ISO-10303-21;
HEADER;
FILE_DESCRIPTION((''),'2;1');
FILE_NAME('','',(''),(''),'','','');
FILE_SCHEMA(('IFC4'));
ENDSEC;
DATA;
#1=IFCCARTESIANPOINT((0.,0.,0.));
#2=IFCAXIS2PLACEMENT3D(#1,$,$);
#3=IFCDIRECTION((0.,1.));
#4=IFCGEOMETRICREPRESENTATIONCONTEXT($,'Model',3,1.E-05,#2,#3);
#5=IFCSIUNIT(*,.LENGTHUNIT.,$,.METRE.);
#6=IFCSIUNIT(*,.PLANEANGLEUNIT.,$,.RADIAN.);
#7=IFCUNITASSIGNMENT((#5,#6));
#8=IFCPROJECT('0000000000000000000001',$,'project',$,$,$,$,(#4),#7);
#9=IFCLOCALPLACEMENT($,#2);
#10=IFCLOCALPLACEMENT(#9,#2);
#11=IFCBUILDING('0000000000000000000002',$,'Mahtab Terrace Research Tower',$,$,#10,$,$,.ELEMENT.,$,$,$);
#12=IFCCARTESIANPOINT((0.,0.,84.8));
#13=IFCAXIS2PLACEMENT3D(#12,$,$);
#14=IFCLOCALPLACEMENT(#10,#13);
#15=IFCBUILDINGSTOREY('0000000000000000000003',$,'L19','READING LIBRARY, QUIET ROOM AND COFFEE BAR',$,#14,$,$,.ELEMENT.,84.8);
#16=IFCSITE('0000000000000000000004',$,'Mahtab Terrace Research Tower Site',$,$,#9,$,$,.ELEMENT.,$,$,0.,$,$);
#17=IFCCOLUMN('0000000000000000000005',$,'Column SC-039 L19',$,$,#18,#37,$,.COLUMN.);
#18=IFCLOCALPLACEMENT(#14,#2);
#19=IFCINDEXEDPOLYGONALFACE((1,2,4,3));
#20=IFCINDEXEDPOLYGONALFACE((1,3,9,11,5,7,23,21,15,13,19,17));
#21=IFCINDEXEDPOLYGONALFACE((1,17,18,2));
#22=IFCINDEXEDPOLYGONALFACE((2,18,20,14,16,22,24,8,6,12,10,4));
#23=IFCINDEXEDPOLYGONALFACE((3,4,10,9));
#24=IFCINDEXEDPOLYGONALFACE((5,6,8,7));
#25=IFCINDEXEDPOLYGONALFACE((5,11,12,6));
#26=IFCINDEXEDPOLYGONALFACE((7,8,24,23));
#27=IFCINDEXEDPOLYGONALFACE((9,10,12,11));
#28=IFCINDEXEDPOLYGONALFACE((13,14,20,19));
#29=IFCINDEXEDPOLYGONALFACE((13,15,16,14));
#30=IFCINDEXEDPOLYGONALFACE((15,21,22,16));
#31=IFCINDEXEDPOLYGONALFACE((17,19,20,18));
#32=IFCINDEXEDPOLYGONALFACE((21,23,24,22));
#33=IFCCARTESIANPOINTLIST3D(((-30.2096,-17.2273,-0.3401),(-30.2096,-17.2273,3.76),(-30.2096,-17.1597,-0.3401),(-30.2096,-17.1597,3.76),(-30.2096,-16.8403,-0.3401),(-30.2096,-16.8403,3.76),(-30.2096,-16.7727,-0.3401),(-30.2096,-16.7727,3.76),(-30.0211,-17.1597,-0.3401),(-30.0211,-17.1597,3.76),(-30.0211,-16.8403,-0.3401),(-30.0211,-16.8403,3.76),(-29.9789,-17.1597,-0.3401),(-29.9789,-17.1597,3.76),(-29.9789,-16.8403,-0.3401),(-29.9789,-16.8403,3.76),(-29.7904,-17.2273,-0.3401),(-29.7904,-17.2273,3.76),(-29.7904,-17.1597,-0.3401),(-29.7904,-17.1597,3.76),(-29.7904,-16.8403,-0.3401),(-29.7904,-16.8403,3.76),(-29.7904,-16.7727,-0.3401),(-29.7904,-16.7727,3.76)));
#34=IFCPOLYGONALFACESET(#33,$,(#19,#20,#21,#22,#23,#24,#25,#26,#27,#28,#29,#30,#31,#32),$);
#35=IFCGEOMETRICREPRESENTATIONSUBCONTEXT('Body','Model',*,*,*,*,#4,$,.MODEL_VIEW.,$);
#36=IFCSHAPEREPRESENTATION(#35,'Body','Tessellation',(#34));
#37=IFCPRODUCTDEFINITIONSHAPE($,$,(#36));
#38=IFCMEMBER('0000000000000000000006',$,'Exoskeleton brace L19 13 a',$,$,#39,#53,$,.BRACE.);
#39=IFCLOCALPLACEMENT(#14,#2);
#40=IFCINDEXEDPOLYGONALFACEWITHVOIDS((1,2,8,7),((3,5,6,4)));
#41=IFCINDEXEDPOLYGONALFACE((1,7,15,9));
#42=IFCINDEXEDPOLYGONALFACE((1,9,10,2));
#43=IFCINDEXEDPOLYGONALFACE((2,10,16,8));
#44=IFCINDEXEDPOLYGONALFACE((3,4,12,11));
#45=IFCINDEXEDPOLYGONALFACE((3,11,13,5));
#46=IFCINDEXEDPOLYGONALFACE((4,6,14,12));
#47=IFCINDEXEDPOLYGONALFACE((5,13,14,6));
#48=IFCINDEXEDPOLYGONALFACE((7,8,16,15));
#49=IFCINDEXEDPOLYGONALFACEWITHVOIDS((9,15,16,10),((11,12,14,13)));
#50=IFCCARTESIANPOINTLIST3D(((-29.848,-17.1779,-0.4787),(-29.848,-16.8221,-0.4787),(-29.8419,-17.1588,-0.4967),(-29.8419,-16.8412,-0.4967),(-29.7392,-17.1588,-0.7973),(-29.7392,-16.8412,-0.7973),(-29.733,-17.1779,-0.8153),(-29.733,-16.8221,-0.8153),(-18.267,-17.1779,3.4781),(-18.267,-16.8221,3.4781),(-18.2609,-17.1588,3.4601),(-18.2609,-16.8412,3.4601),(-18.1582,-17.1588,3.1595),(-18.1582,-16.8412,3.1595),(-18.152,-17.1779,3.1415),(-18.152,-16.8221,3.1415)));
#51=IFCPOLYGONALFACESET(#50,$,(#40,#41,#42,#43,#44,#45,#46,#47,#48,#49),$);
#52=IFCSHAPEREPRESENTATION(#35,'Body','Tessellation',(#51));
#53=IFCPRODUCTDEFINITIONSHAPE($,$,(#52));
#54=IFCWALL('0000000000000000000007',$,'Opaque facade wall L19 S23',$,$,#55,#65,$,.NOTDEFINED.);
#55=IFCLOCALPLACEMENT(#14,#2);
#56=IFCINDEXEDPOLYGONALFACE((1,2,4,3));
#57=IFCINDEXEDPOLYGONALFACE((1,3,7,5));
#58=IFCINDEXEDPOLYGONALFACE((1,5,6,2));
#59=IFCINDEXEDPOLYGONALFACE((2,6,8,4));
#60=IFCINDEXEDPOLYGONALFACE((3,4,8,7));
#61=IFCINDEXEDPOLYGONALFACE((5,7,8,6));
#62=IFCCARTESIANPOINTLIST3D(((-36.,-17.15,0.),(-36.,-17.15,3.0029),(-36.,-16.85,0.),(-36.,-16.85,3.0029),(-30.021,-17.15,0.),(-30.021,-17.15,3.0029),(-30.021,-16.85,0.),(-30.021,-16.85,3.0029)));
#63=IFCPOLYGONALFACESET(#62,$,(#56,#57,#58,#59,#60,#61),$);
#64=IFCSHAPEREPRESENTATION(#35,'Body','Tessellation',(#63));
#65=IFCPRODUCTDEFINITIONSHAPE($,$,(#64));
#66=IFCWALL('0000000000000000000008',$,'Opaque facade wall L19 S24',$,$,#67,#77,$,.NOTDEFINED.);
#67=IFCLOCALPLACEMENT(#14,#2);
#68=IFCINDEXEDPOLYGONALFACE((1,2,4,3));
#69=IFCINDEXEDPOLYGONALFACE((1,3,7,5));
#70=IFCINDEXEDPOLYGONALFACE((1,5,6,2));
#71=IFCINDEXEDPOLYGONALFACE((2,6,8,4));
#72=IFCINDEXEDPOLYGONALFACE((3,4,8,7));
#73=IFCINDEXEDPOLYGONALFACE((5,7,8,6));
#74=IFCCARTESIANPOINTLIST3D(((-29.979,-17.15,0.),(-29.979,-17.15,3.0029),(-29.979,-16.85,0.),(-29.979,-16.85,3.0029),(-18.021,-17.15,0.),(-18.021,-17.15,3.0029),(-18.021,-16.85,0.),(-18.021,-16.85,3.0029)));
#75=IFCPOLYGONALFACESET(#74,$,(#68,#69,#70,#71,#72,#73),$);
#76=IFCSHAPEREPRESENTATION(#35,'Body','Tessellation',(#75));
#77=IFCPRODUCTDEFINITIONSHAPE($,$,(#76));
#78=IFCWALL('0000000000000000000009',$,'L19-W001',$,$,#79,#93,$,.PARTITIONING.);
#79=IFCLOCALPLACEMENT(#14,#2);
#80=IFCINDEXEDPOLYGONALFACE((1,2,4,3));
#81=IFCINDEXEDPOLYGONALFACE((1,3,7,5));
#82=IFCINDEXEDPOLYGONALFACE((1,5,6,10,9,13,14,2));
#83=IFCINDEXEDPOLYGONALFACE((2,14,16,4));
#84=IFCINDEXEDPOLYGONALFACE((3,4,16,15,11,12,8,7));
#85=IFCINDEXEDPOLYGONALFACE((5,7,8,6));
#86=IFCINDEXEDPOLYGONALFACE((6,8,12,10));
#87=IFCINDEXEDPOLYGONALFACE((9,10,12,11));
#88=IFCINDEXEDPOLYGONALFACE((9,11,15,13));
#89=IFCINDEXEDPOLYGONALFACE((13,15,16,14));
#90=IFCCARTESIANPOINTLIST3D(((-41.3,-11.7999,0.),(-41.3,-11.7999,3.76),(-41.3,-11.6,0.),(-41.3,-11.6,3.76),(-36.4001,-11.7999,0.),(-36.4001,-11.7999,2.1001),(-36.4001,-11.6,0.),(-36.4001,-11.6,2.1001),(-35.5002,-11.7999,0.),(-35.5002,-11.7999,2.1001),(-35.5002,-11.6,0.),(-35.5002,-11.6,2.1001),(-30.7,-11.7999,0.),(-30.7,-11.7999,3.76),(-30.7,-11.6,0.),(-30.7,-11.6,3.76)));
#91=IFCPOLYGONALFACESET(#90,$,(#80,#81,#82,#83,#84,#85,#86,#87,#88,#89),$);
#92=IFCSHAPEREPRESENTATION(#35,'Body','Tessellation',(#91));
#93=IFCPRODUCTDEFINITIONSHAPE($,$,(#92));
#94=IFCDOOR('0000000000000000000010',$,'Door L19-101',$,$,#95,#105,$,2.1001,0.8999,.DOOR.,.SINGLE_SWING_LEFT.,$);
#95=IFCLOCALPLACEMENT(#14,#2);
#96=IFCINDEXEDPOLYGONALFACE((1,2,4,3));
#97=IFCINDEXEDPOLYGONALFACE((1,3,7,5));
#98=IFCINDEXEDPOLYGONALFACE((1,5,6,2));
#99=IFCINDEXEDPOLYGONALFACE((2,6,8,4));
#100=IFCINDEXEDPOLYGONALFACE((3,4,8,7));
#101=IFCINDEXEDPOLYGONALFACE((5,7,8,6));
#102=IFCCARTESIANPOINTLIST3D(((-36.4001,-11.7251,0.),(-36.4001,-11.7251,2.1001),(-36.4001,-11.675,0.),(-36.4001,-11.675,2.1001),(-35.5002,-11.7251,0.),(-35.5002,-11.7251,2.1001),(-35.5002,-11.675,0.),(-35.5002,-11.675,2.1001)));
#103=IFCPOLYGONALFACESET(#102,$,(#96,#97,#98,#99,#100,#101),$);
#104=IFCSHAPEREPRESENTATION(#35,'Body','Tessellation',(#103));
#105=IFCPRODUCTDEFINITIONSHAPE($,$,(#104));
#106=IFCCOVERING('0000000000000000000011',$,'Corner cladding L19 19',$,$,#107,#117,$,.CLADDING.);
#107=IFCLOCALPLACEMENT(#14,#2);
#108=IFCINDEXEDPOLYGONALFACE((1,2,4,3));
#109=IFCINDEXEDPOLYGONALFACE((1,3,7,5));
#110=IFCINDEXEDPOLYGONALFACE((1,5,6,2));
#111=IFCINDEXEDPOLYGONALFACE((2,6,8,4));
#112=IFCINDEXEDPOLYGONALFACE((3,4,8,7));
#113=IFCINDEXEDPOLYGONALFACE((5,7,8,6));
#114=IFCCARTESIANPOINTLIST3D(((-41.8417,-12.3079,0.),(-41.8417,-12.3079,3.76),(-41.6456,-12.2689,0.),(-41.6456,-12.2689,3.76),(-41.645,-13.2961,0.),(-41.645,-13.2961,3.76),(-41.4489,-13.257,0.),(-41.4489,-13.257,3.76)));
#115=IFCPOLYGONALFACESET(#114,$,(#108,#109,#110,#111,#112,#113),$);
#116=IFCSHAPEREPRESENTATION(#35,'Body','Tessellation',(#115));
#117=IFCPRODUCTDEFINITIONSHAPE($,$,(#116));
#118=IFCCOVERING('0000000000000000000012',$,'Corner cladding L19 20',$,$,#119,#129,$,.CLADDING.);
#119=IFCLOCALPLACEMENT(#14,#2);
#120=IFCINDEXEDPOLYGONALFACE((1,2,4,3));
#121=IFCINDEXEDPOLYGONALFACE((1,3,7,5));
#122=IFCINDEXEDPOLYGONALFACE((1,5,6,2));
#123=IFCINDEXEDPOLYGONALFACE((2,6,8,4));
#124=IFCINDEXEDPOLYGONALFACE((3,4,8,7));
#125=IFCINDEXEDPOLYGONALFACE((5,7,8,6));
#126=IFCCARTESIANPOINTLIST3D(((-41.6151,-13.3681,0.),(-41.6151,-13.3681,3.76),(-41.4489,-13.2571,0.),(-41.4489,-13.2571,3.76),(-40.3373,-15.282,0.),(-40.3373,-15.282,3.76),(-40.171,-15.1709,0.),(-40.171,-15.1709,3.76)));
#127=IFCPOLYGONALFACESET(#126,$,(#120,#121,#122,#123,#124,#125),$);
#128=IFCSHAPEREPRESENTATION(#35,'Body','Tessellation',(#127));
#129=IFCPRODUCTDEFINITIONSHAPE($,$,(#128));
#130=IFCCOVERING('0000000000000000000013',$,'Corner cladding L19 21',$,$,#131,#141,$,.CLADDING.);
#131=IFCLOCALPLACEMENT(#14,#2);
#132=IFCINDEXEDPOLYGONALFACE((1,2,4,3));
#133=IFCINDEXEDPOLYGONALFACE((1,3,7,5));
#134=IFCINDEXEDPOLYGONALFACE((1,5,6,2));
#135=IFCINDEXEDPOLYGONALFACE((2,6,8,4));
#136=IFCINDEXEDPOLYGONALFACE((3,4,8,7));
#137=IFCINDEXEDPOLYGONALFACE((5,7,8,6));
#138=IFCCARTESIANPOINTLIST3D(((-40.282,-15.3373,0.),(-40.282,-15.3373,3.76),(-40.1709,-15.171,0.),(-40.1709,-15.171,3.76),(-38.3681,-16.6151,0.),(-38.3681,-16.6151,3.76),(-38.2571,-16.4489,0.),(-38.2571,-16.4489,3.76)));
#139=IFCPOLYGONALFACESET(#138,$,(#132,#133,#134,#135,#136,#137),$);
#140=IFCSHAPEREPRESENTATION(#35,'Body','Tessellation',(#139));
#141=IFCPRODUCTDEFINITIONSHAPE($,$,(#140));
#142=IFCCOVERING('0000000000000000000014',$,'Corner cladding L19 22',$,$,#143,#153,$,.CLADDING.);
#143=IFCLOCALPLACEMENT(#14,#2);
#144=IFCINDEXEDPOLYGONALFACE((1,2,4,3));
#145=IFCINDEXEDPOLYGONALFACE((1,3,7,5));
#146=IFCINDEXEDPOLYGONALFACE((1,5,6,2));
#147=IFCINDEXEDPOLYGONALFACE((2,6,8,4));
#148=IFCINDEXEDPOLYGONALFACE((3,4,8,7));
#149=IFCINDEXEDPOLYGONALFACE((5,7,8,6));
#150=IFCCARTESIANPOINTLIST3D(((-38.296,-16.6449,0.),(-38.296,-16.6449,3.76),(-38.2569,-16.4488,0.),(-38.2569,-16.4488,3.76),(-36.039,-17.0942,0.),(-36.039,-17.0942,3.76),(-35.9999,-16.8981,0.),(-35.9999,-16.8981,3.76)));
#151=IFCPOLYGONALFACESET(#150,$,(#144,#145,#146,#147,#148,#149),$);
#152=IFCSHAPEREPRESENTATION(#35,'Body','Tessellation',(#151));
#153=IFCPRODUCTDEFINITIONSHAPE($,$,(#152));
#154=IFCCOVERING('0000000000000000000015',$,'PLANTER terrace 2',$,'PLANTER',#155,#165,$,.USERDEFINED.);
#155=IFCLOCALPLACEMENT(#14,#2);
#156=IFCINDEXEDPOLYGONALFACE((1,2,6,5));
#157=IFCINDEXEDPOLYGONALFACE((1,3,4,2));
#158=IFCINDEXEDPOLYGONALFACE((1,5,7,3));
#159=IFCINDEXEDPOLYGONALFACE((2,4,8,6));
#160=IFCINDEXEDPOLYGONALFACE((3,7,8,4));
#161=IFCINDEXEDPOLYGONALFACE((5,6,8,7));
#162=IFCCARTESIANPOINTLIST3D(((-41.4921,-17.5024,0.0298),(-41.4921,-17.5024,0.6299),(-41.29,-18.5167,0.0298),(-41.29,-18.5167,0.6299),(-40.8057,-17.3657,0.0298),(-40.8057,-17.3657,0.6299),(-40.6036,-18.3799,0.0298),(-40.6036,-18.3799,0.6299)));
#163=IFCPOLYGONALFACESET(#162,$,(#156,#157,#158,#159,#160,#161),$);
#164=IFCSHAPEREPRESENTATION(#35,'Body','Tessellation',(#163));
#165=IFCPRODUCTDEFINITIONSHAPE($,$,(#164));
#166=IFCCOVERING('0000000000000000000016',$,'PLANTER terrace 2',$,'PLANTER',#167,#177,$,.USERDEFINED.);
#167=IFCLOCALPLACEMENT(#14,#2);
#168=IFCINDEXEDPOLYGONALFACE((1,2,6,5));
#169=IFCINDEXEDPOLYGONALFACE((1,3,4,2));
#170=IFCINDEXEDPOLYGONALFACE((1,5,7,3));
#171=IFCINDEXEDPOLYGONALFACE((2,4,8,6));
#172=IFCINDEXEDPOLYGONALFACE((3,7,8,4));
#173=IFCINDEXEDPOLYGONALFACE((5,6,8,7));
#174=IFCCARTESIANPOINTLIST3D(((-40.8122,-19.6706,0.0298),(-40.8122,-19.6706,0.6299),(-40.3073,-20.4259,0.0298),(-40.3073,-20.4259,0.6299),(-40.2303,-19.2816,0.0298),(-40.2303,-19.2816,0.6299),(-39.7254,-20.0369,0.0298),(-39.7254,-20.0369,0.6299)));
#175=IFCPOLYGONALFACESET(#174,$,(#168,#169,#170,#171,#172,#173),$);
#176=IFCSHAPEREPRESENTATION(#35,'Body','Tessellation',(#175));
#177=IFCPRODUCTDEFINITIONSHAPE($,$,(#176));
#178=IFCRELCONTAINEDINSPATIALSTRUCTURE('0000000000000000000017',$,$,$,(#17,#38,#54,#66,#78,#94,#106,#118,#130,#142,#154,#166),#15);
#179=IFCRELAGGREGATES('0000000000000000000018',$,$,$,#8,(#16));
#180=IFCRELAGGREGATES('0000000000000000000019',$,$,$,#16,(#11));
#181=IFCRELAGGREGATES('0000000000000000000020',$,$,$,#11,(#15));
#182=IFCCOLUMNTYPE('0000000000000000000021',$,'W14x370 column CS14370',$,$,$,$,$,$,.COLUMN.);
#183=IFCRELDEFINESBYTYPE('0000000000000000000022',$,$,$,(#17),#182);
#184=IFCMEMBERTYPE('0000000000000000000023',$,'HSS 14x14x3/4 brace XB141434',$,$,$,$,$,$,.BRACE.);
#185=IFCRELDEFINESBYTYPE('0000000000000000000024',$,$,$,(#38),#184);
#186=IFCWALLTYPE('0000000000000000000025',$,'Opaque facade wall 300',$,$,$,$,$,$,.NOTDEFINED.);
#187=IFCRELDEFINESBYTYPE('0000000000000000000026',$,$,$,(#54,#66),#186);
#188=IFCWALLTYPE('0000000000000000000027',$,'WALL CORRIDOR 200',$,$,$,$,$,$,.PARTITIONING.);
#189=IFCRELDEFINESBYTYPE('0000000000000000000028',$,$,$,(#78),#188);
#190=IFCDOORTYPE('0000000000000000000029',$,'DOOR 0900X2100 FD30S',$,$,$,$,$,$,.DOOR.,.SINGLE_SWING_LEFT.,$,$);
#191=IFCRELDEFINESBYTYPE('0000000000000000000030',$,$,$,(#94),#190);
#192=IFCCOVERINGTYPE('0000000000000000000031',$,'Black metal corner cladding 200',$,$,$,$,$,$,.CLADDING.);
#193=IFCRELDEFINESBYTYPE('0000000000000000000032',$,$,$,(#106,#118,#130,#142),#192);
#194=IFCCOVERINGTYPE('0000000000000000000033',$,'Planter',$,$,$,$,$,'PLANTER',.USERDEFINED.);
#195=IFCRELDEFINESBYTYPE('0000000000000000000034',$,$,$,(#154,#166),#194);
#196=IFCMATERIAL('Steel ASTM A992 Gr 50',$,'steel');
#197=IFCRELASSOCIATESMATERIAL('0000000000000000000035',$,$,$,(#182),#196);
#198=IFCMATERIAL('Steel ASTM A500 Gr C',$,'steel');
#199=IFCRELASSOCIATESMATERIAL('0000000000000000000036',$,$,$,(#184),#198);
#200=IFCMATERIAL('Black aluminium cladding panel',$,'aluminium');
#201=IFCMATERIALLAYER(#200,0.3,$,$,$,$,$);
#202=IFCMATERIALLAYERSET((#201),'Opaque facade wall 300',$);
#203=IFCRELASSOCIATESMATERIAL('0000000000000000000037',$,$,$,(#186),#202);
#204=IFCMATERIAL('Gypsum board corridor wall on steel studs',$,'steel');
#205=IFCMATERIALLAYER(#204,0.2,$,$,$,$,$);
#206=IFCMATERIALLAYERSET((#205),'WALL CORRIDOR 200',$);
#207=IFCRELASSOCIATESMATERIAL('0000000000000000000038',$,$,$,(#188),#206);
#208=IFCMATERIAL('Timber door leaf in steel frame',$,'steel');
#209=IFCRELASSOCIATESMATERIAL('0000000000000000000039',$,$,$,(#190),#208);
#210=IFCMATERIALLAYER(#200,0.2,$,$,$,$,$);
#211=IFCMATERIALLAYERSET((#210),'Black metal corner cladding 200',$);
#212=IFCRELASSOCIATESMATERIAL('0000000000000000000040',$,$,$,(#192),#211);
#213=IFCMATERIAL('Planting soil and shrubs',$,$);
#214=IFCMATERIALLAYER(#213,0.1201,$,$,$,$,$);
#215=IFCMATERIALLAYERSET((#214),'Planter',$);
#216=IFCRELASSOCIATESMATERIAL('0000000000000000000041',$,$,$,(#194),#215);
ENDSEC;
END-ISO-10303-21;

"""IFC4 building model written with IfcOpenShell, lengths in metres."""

from ifc_helpers import new_model, si_unit, direction, frame, frame_2d, origin, origin_2d, place, context, subcontext, project, spatial, rectangle, hollow_rectangle, i_section, extrude, material, layer, layer_set, material_profile, profile_set, type_object, element, fill, save


model = new_model("IFC4")

# Units and contexts
model_context = context("Model", 3, precision=1e-05, world=origin(), true_north=direction((0.0, 1.0)))
body_context = subcontext(model_context, "Body", "Model", "MODEL_VIEW")
ifc_project = project(units=[si_unit("LENGTHUNIT", "METRE"), si_unit("PLANEANGLEUNIT", "RADIAN")], contexts=[model_context])

# Site, building, storey
site_placement = place(None, origin())
site = spatial("IfcSite", under=ifc_project, at=site_placement, Name="Mahtab Terrace Research Tower Site", CompositionType="ELEMENT", RefElevation=0.0)
building_placement = place(site_placement, origin())
building = spatial("IfcBuilding", under=site, at=building_placement, Name="Mahtab Terrace Research Tower", CompositionType="ELEMENT")
storey_placement = place(building_placement, frame((0.0, 0.0, 84.8)))
storey = spatial("IfcBuildingStorey", under=building, at=storey_placement, Name="L19", Description="READING LIBRARY, QUIET ROOM AND COFFEE BAR", CompositionType="ELEMENT", Elevation=84.8)

# Column
ifc_material_1 = material(Name="Steel ASTM A992 Gr 50", Category="steel")
ifc_material_profile_1 = material_profile(ifc_material_1, i_section(OverallWidth=0.4192, OverallDepth=0.4546, WebThickness=0.0422, FlangeThickness=0.0676, at=origin_2d()), Name="W14X370")
ifc_profile_set_1 = profile_set([ifc_material_profile_1], Name="Steel ASTM A992 Gr 50")
column_type = type_object("IfcColumnType", Name="W14x370 column CS14370", PredefinedType="COLUMN", material=ifc_profile_set_1)
column_placement = place(storey_placement, frame((-30.0, -17.0, -0.3401), z_axis=(0.0, 0.0, 1.0), x_axis=(1.0, 0.0, 0.0)))
element("IfcColumn", 1, at=column_placement, inside=storey, type_object=column_type, Name="Column SC-039 L19", PredefinedType="COLUMN", context=body_context, shape_type="SweptSolid", body=[
    extrude(i_section(OverallWidth=0.4192, OverallDepth=0.4546, WebThickness=0.0422, FlangeThickness=0.0676, at=origin_2d()), origin(), (0.0, 0.0, 1.0), 4.1001),
])

# Member
ifc_material_2 = material(Name="Steel ASTM A500 Gr C", Category="steel")
ifc_material_profile_2 = material_profile(ifc_material_2, hollow_rectangle(XDim=0.3557, YDim=0.3557, WallThickness=0.019, at=origin_2d()), Name="HSS14X14X3/4")
ifc_profile_set_2 = profile_set([ifc_material_profile_2], Name="Steel ASTM A500 Gr C")
member_type = type_object("IfcMemberType", Name="HSS 14x14x3/4 brace XB141434", PredefinedType="BRACE", material=ifc_profile_set_2)
member_placement = place(storey_placement, frame((-29.7905, -17.0, -0.647), z_axis=(0.946293, 0.0, 0.323311), x_axis=(0.0, 1.0, 0.0)))
element("IfcMember", 2, at=member_placement, inside=storey, type_object=member_type, Name="Exoskeleton brace L19 13 a", PredefinedType="BRACE", context=body_context, shape_type="SweptSolid", body=[
    extrude(hollow_rectangle(XDim=0.3557, YDim=0.3557, WallThickness=0.019, at=origin_2d()), origin(), (0.0, 0.0, 1.0), 12.2383),
])

# Walls
ifc_material_3 = material(Name="Black aluminium cladding panel", Category="aluminium")
ifc_layer_1 = layer(ifc_material_3, 0.3)
ifc_layer_set_1 = layer_set([ifc_layer_1], Name="Opaque facade wall 300")
wall_type_1 = type_object("IfcWallType", Name="Opaque facade wall 300", PredefinedType="NOTDEFINED", material=ifc_layer_set_1)
wall_1_placement = place(storey_placement, frame((-36.0, -17.0, 0.0), z_axis=(0.0, 0.0, 1.0), x_axis=(1.0, 0.0, 0.0)))
element("IfcWall", 3, at=wall_1_placement, inside=storey, type_object=wall_type_1, Name="Opaque facade wall L19 S23", PredefinedType="NOTDEFINED", context=body_context, shape_type="SweptSolid", body=[
    extrude(rectangle(XDim=5.979, YDim=0.3, at=frame_2d((2.9895, 0.0))), origin(), (0.0, 0.0, 1.0), 3.0029),
])
wall_2_placement = place(storey_placement, frame((-29.979, -17.0, 0.0), z_axis=(0.0, 0.0, 1.0), x_axis=(1.0, 0.0, 0.0)))
element("IfcWall", 4, at=wall_2_placement, inside=storey, type_object=wall_type_1, Name="Opaque facade wall L19 S24", PredefinedType="NOTDEFINED", context=body_context, shape_type="SweptSolid", body=[
    extrude(rectangle(XDim=11.958, YDim=0.3, at=frame_2d((5.979, 0.0))), origin(), (0.0, 0.0, 1.0), 3.0029),
])

# Wall, opening, door
ifc_material_4 = material(Name="Gypsum board corridor wall on steel studs", Category="steel")
ifc_layer_2 = layer(ifc_material_4, 0.2)
ifc_layer_set_2 = layer_set([ifc_layer_2], Name="WALL CORRIDOR 200")
wall_type_2 = type_object("IfcWallType", Name="WALL CORRIDOR 200", PredefinedType="PARTITIONING", material=ifc_layer_set_2)
wall_3_placement = place(storey_placement, frame((-41.3, -11.7, 0.0), z_axis=(0.0, 0.0, 1.0), x_axis=(1.0, 0.0, 0.0)))
wall_3 = element("IfcWall", 5, at=wall_3_placement, inside=storey, type_object=wall_type_2, Name="L19-W001", PredefinedType="PARTITIONING", context=body_context, shape_type="SweptSolid", body=[
    extrude(rectangle(XDim=10.6001, YDim=0.2, at=frame_2d((5.3, 0.0))), origin(), (0.0, 0.0, 1.0), 3.76),
])
opening_placement = place(wall_3_placement, frame((4.8999, 0.0, 0.0)))
opening = element("IfcOpeningElement", 6, at=opening_placement, cuts=wall_3, PredefinedType="OPENING", context=body_context, shape_type="SweptSolid", body=[
    extrude(rectangle(XDim=0.8999, YDim=2.1001, at=frame_2d((0.45, 1.05))), frame((0.0, 0.1099, 0.0), z_axis=(0.0, -1.0, 0.0), x_axis=(1.0, 0.0, 0.0)), (0.0, 0.0, 1.0), 0.22),
])
ifc_material_5 = material(Name="Timber door leaf in steel frame", Category="steel")
door_type = type_object("IfcDoorType", Name="DOOR 0900X2100 FD30S", OperationType="SINGLE_SWING_LEFT", PredefinedType="DOOR", material=ifc_material_5)
door_placement = place(opening_placement, origin())
door = element("IfcDoor", 7, at=door_placement, inside=storey, type_object=door_type, Name="Door L19-101", OperationType="SINGLE_SWING_LEFT", OverallHeight=2.1001, OverallWidth=0.8999, PredefinedType="DOOR", context=body_context, shape_type="SweptSolid", body=[
    extrude(rectangle(XDim=0.8999, YDim=2.1001, at=frame_2d((0.45, 1.05))), frame((0.0, 0.0249, 0.0), z_axis=(0.0, -1.0, 0.0), x_axis=(1.0, 0.0, 0.0)), (0.0, 0.0, 1.0), 0.05),
])
fill(opening, door)

# Coverings
ifc_layer_3 = layer(ifc_material_3, 0.2)
ifc_layer_set_3 = layer_set([ifc_layer_3], Name="Black metal corner cladding 200")
covering_type_1 = type_object("IfcCoveringType", Name="Black metal corner cladding 200", PredefinedType="CLADDING", material=ifc_layer_set_3)
covering_1_placement = place(storey_placement, frame((-41.6453, -12.7825, 0.0), z_axis=(0.0, 0.0, 1.0), x_axis=(0.195212, -0.980761, 0.0)))
element("IfcCovering", 8, at=covering_1_placement, inside=storey, type_object=covering_type_1, Name="Corner cladding L19 19", PredefinedType="CLADDING", context=body_context, shape_type="SweptSolid", body=[
    extrude(rectangle(XDim=1.0076, YDim=0.2, at=origin_2d()), origin(), (0.0, 0.0, 1.0), 3.76),
])
for number, where, z_axis, x_axis, name in (
    (9, (-40.8931, -14.2695, 0.0), (0.0, 0.0, 1.0), (0.555291, -0.831656, 0.0), "Corner cladding L19 20"),
    (10, (-39.2695, -15.8931, 0.0), (0.0, 0.0, 1.0), (0.831656, -0.555291, 0.0), "Corner cladding L19 21"),
    (11, (-37.1479, -16.7715, 0.0), (0.0, 0.0, 1.0), (0.980761, -0.195212, 0.0), "Corner cladding L19 22"),
):
    element("IfcCovering", number, at=place(storey_placement, frame(where, z_axis=z_axis, x_axis=x_axis)), inside=storey, type_object=covering_type_1, Name=name, PredefinedType="CLADDING", context=body_context, shape_type="SweptSolid", body=[
        extrude(rectangle(XDim=2.3013, YDim=0.2, at=origin_2d()), origin(), (0.0, 0.0, 1.0), 3.76),
    ])
ifc_material_6 = material(Name="Planting soil and shrubs")
ifc_layer_4 = layer(ifc_material_6, 0.1201)
ifc_layer_set_4 = layer_set([ifc_layer_4], Name="Planter")
covering_type_2 = type_object("IfcCoveringType", Name="Planter", ElementType="PLANTER", PredefinedType="USERDEFINED", material=ifc_layer_set_4)
covering_2_placement = place(storey_placement, frame((-41.0479, -17.9412, 0.0298), z_axis=(0.0, 0.0, 1.0), x_axis=(0.195395, -0.980725, 0.0)))
element("IfcCovering", 12, at=covering_2_placement, inside=storey, type_object=covering_type_2, Name="PLANTER terrace 2", ObjectType="PLANTER", PredefinedType="USERDEFINED", context=body_context, shape_type="SweptSolid", body=[
    extrude(rectangle(XDim=1.0342, YDim=0.7, at=origin_2d()), origin(), (0.0, 0.0, 1.0), 0.6001),
])
for number, where, z_axis, x_axis, name in (
    (13, (-40.2688, -19.8538, 0.0298), (0.0, 0.0, 1.0), (0.555757, -0.831344, 0.0), "PLANTER terrace 2"),
):
    element("IfcCovering", number, at=place(storey_placement, frame(where, z_axis=z_axis, x_axis=x_axis)), inside=storey, type_object=covering_type_2, Name=name, ObjectType="PLANTER", PredefinedType="USERDEFINED", context=body_context, shape_type="SweptSolid", body=[
        extrude(rectangle(XDim=0.9084, YDim=0.7, at=origin_2d()), origin(), (0.0, 0.0, 1.0), 0.6001),
    ])

save(model, "model.ifc")
